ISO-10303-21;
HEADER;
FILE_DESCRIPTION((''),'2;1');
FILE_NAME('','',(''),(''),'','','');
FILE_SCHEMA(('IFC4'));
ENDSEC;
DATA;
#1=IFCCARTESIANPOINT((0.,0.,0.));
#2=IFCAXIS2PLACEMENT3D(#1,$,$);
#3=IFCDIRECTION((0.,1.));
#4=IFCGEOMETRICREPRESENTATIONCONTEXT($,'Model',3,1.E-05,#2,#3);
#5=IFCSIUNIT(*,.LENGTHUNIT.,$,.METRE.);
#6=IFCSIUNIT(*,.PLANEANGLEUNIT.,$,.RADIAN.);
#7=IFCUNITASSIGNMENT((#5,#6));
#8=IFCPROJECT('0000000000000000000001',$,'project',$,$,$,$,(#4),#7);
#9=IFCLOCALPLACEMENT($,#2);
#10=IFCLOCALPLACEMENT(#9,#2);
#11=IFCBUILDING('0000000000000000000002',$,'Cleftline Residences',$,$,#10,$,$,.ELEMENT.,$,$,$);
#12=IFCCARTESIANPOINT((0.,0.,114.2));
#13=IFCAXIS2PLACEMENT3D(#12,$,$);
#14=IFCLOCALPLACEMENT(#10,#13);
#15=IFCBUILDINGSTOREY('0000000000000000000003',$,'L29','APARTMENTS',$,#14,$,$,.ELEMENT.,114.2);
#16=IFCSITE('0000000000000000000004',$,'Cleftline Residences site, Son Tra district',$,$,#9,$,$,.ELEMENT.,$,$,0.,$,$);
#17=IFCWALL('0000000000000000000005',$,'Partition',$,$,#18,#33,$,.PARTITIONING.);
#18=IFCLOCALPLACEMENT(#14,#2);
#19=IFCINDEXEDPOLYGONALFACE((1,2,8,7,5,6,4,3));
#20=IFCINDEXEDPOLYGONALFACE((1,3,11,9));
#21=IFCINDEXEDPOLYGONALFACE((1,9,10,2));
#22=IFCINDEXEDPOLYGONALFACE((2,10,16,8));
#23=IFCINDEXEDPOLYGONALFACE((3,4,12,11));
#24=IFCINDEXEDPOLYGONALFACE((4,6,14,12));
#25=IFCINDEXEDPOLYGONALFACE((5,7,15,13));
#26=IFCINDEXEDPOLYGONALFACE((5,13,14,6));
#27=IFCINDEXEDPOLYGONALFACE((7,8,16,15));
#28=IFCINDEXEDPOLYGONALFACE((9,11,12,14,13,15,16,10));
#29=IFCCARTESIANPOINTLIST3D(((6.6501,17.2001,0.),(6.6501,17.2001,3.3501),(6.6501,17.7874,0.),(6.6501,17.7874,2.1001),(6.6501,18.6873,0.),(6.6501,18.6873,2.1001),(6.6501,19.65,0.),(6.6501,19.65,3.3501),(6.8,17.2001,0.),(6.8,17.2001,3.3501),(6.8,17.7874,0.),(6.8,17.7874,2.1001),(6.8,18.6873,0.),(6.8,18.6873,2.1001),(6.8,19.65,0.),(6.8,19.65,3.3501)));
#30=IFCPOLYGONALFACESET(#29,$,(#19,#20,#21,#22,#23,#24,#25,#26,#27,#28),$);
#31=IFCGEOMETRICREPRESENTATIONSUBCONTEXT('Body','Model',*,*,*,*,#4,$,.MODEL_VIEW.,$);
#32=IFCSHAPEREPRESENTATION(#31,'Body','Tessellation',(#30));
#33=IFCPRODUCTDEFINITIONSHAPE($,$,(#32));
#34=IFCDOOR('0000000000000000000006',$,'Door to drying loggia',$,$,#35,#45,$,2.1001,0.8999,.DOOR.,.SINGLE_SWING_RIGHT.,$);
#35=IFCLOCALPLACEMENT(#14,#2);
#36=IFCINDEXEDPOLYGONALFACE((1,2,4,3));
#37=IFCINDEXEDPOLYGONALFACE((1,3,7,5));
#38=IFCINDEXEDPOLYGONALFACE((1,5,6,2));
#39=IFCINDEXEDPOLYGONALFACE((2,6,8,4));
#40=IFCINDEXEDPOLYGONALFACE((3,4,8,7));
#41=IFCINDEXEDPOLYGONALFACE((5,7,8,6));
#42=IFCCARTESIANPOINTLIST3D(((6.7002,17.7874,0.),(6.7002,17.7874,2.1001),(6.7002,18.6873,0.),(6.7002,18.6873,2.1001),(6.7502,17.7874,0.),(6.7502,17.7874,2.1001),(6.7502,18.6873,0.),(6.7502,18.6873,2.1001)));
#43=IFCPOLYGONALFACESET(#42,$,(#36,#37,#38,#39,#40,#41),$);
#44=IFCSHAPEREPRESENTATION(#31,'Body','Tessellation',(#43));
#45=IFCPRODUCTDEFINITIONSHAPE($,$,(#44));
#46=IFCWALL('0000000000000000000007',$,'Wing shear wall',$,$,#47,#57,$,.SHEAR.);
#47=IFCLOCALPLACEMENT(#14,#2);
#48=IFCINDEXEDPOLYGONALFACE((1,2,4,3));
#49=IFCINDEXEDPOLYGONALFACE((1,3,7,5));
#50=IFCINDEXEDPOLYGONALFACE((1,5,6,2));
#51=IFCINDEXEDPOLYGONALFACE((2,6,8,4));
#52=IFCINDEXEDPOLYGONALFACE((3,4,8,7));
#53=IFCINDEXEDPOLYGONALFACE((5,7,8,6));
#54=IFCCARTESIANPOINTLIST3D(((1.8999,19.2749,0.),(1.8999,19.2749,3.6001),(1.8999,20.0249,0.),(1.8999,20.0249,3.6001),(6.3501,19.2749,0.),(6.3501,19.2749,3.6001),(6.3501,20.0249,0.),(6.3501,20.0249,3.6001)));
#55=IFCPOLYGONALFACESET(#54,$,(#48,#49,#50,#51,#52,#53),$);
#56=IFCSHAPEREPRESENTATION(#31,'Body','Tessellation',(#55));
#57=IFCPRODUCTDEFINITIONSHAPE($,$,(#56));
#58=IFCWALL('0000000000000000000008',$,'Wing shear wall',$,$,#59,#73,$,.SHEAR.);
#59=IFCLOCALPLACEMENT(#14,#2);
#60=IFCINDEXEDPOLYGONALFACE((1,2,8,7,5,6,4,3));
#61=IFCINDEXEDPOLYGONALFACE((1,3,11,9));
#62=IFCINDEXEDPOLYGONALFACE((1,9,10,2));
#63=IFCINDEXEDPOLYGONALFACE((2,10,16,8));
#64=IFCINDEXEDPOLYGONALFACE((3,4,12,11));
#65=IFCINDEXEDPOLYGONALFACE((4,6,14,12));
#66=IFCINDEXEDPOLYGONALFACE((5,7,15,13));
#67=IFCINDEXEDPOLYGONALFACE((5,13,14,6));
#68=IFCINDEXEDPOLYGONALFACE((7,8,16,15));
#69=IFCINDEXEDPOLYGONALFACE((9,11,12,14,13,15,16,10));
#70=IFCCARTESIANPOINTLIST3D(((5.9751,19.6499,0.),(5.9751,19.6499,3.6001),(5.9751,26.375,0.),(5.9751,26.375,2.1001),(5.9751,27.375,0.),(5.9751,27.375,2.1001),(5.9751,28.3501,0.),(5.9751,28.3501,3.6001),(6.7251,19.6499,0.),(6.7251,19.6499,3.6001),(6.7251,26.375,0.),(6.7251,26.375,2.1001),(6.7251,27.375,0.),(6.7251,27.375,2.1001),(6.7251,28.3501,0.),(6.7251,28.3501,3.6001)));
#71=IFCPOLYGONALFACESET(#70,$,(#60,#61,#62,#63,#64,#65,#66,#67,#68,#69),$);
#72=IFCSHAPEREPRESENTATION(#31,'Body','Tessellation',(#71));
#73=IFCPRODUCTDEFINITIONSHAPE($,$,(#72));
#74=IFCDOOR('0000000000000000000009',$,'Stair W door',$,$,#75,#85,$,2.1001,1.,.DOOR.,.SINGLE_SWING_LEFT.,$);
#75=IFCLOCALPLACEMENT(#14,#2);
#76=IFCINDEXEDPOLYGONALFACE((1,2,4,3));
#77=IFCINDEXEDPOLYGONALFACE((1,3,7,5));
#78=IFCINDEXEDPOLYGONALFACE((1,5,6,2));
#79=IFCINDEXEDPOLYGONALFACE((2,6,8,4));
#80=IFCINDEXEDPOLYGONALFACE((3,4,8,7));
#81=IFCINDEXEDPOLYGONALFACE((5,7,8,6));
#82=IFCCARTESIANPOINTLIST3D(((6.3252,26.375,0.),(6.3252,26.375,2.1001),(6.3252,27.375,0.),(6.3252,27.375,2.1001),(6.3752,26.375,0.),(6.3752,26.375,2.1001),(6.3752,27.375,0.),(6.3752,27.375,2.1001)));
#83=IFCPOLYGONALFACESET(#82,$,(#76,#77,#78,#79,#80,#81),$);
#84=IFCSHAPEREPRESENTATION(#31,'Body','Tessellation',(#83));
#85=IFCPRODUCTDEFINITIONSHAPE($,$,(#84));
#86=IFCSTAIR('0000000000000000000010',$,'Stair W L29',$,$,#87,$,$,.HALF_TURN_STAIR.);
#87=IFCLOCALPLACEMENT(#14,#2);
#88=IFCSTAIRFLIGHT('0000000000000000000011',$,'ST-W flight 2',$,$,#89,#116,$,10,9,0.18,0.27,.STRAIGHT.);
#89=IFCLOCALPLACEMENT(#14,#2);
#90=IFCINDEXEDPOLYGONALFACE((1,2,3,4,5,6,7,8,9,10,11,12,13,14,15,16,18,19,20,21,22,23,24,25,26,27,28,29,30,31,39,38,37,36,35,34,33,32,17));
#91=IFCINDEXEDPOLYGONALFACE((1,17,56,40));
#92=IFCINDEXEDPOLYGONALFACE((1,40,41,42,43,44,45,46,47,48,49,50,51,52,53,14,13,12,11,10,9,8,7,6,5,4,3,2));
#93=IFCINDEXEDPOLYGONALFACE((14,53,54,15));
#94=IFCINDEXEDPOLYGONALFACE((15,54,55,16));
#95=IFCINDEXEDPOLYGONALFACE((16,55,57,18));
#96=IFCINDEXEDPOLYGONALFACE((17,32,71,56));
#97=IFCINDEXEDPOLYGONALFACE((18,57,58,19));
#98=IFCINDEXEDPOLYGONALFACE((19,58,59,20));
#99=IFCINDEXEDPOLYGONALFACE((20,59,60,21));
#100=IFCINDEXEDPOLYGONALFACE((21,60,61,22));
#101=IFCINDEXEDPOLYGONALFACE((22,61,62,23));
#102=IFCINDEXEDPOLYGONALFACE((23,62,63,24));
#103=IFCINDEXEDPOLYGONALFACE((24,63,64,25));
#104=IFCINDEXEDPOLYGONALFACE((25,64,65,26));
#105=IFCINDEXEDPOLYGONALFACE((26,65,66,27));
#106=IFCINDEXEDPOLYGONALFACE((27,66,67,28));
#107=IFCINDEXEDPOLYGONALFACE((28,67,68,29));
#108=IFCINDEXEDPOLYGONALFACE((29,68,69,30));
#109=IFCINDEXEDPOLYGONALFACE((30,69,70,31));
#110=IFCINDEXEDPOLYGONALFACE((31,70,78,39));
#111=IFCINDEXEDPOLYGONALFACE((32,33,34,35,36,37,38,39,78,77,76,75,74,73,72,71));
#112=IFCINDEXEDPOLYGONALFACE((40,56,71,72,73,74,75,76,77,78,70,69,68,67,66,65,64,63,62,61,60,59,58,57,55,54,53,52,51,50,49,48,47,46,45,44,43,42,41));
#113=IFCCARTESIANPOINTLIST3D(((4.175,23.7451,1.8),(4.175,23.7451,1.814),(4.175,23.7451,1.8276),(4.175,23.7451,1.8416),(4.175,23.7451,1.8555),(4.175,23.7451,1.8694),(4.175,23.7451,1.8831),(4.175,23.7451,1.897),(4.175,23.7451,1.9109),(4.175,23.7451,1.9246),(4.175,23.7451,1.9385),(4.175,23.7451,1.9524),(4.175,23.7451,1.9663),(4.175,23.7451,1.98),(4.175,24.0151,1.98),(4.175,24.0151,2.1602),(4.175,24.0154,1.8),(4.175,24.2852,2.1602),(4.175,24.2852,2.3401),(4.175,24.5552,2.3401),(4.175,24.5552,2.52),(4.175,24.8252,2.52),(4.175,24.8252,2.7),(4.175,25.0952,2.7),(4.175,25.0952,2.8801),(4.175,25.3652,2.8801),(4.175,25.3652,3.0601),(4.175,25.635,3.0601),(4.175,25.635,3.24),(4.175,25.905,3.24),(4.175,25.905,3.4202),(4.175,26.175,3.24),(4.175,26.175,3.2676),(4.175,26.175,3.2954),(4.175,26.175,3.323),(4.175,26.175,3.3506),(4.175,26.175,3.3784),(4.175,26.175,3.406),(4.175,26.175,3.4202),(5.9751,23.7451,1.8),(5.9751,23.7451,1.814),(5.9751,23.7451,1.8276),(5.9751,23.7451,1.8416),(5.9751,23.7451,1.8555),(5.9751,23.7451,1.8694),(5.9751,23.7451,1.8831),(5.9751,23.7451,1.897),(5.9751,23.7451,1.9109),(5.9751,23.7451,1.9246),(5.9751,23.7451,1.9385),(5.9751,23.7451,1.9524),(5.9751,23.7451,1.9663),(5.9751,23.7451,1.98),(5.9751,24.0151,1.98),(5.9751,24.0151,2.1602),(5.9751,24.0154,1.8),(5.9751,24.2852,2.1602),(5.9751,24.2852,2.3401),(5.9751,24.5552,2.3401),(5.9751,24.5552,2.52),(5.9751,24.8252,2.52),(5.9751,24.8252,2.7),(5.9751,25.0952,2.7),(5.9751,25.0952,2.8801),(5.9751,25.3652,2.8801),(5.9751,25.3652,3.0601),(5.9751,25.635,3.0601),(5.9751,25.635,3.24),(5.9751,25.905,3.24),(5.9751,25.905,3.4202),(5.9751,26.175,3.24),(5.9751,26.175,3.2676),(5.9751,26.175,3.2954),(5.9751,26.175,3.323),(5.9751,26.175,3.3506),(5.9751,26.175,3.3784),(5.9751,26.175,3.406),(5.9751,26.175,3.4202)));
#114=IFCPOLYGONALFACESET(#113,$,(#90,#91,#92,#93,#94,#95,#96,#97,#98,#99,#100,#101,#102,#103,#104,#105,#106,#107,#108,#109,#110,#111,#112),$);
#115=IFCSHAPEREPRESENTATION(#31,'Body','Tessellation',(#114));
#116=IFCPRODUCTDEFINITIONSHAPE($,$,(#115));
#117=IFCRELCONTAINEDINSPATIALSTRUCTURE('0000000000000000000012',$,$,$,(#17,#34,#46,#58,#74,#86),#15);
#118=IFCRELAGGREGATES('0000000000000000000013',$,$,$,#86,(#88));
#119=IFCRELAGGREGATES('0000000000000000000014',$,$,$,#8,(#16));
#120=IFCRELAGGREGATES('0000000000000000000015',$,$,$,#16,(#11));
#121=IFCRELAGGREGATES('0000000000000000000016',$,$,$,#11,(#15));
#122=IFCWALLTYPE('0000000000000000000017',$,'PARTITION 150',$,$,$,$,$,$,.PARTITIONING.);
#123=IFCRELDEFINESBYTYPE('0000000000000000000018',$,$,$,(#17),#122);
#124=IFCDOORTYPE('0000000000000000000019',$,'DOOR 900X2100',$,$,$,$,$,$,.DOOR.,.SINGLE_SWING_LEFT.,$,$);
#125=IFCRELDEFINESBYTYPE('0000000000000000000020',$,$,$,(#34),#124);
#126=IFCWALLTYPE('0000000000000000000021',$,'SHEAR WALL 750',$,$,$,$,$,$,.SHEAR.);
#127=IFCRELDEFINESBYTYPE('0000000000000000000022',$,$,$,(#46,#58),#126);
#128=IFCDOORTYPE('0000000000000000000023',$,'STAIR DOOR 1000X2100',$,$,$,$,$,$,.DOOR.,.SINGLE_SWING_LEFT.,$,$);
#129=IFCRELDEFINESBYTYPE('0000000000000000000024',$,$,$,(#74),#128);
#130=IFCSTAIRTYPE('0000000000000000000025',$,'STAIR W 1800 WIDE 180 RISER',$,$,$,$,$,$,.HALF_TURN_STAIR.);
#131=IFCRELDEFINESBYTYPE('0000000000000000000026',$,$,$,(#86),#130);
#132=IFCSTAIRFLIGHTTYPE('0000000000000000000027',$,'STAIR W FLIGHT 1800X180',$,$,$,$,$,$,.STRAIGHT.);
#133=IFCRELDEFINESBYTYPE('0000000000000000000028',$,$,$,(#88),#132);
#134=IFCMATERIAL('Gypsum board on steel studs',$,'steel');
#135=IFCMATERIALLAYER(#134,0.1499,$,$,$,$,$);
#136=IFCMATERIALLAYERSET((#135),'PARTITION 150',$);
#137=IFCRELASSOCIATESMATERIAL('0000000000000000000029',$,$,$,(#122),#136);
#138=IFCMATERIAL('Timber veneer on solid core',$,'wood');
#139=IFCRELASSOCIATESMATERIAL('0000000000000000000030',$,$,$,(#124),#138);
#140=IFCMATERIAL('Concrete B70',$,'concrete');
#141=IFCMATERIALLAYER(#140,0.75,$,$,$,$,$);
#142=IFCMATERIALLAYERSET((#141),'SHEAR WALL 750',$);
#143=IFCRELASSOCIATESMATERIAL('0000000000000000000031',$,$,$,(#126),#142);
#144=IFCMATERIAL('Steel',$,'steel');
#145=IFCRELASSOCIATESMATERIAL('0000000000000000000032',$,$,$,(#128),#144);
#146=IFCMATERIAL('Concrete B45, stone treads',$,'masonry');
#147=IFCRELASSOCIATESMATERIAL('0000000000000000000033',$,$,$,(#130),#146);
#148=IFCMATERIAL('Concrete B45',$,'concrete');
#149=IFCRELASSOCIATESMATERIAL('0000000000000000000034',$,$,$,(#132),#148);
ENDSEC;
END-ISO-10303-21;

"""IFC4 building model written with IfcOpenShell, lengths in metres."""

from ifc_helpers import new_model, si_unit, direction, frame, frame_2d, origin, place, context, subcontext, project, spatial, polyline, rectangle, outline, extrude, material, layer, layer_set, type_object, element, fill, aggregate, save


model = new_model("IFC4")

# Units and contexts
model_context = context("Model", 3, precision=1e-05, world=origin(), true_north=direction((0.0, 1.0)))
body_context = subcontext(model_context, "Body", "Model", "MODEL_VIEW")
ifc_project = project(units=[si_unit("LENGTHUNIT", "METRE"), si_unit("PLANEANGLEUNIT", "RADIAN")], contexts=[model_context])

# Site, building, storey
site_placement = place(None, origin())
site = spatial("IfcSite", under=ifc_project, at=site_placement, Name="Cleftline Residences site, Son Tra district", CompositionType="ELEMENT", RefElevation=0.0)
building_placement = place(site_placement, origin())
building = spatial("IfcBuilding", under=site, at=building_placement, Name="Cleftline Residences", CompositionType="ELEMENT")
storey_placement = place(building_placement, frame((0.0, 0.0, 114.2)))
storey = spatial("IfcBuildingStorey", under=building, at=storey_placement, Name="L29", Description="APARTMENTS", CompositionType="ELEMENT", Elevation=114.2)

# Wall, opening, door
ifc_material_1 = material(Name="Gypsum board on steel studs", Category="steel")
ifc_layer_1 = layer(ifc_material_1, 0.1499)
ifc_layer_set_1 = layer_set([ifc_layer_1], Name="PARTITION 150")
wall_type_1 = type_object("IfcWallType", Name="PARTITION 150", PredefinedType="PARTITIONING", material=ifc_layer_set_1)
wall_1_placement = place(storey_placement, frame((6.7251, 17.2, 0.0), z_axis=(0.0, 0.0, 1.0), x_axis=(0.0, 1.0, 0.0)))
wall_1 = element("IfcWall", 1, at=wall_1_placement, inside=storey, type_object=wall_type_1, Name="Partition", PredefinedType="PARTITIONING", context=body_context, shape_type="SweptSolid", body=[
    extrude(rectangle(XDim=2.45, YDim=0.1499, at=frame_2d((1.2251, 0.0))), origin(), (0.0, 0.0, 1.0), 3.3501),
])
opening_1_placement = place(wall_1_placement, frame((0.5874, 0.0, 0.0)))
opening_1 = element("IfcOpeningElement", 2, at=opening_1_placement, cuts=wall_1, PredefinedType="OPENING", context=body_context, shape_type="SweptSolid", body=[
    extrude(rectangle(XDim=0.8999, YDim=2.1001, at=frame_2d((0.45, 1.05))), frame((0.0, 0.085, 0.0), z_axis=(0.0, -1.0, 0.0), x_axis=(1.0, 0.0, 0.0)), (0.0, 0.0, 1.0), 0.1699),
])
ifc_material_2 = material(Name="Timber veneer on solid core", Category="wood")
door_type_1 = type_object("IfcDoorType", Name="DOOR 900X2100", OperationType="SINGLE_SWING_LEFT", PredefinedType="DOOR", material=ifc_material_2)
door_1_placement = place(opening_1_placement, origin())
door_1 = element("IfcDoor", 3, at=door_1_placement, inside=storey, type_object=door_type_1, Name="Door to drying loggia", OperationType="SINGLE_SWING_RIGHT", OverallHeight=2.1001, OverallWidth=0.8999, PredefinedType="DOOR", context=body_context, shape_type="SweptSolid", body=[
    extrude(rectangle(XDim=0.8999, YDim=2.1001, at=frame_2d((0.45, 1.05))), frame((0.0, 0.0249, 0.0), z_axis=(0.0, -1.0, 0.0), x_axis=(1.0, 0.0, 0.0)), (0.0, 0.0, 1.0), 0.05),
])
fill(opening_1, door_1)

# Wall
ifc_material_3 = material(Name="Concrete B70", Category="concrete")
ifc_layer_2 = layer(ifc_material_3, 0.75)
ifc_layer_set_2 = layer_set([ifc_layer_2], Name="SHEAR WALL 750")
wall_type_2 = type_object("IfcWallType", Name="SHEAR WALL 750", PredefinedType="SHEAR", material=ifc_layer_set_2)
wall_2_placement = place(storey_placement, frame((1.8999, 19.6499, 0.0), z_axis=(0.0, 0.0, 1.0), x_axis=(1.0, 0.0, 0.0)))
element("IfcWall", 4, at=wall_2_placement, inside=storey, type_object=wall_type_2, Name="Wing shear wall", PredefinedType="SHEAR", context=body_context, shape_type="SweptSolid", body=[
    extrude(rectangle(XDim=4.4502, YDim=0.75, at=frame_2d((2.2251, 0.0))), origin(), (0.0, 0.0, 1.0), 3.6001),
])

# Wall, opening, door
wall_3_placement = place(storey_placement, frame((6.3501, 19.6499, 0.0), z_axis=(0.0, 0.0, 1.0), x_axis=(0.0, 1.0, 0.0)))
wall_3 = element("IfcWall", 5, at=wall_3_placement, inside=storey, type_object=wall_type_2, Name="Wing shear wall", PredefinedType="SHEAR", context=body_context, shape_type="SweptSolid", body=[
    extrude(rectangle(XDim=8.7002, YDim=0.75, at=frame_2d((4.3501, 0.0))), origin(), (0.0, 0.0, 1.0), 3.6001),
])
opening_2_placement = place(wall_3_placement, frame((6.7251, 0.0, 0.0)))
opening_2 = element("IfcOpeningElement", 6, at=opening_2_placement, cuts=wall_3, PredefinedType="OPENING", context=body_context, shape_type="SweptSolid", body=[
    extrude(rectangle(XDim=1.0, YDim=2.1001, at=frame_2d((0.5, 1.05))), frame((0.0, 0.385, 0.0), z_axis=(0.0, -1.0, 0.0), x_axis=(1.0, 0.0, 0.0)), (0.0, 0.0, 1.0), 0.77),
])
ifc_material_4 = material(Name="Steel", Category="steel")
door_type_2 = type_object("IfcDoorType", Name="STAIR DOOR 1000X2100", OperationType="SINGLE_SWING_LEFT", PredefinedType="DOOR", material=ifc_material_4)
door_2_placement = place(opening_2_placement, origin())
door_2 = element("IfcDoor", 7, at=door_2_placement, inside=storey, type_object=door_type_2, Name="Stair W door", OperationType="SINGLE_SWING_LEFT", OverallHeight=2.1001, OverallWidth=1.0, PredefinedType="DOOR", context=body_context, shape_type="SweptSolid", body=[
    extrude(rectangle(XDim=1.0, YDim=2.1001, at=frame_2d((0.5, 1.05))), frame((0.0, 0.0249, 0.0), z_axis=(0.0, -1.0, 0.0), x_axis=(1.0, 0.0, 0.0)), (0.0, 0.0, 1.0), 0.05),
])
fill(opening_2, door_2)

# Stair, stair flight
ifc_material_5 = material(Name="Concrete B45, stone treads", Category="masonry")
stair_type = type_object("IfcStairType", Name="STAIR W 1800 WIDE 180 RISER", PredefinedType="HALF_TURN_STAIR", material=ifc_material_5)
stair_placement = place(storey_placement, origin())
stair = element("IfcStair", 8, at=stair_placement, inside=storey, type_object=stair_type, Name="Stair W L29", PredefinedType="HALF_TURN_STAIR")
ifc_material_6 = material(Name="Concrete B45", Category="concrete")
stair_flight_type = type_object("IfcStairFlightType", Name="STAIR W FLIGHT 1800X180", PredefinedType="STRAIGHT", material=ifc_material_6)
stair_flight_placement = place(storey_placement, frame((5.075, 23.7451, 1.8), z_axis=(0.0, 0.0, 1.0), x_axis=(0.0, 1.0, 0.0)))
stair_flight = element("IfcStairFlight", 9, at=stair_flight_placement, type_object=stair_flight_type, Name="ST-W flight 2", NumberOfRisers=10, NumberOfTreads=9, PredefinedType="STRAIGHT", RiserHeight=0.18, TreadLength=0.27, context=body_context, shape_type="SweptSolid", body=[
    extrude(outline(polyline([(0.0, 0.0), (0.0, 0.0139), (0.0, 0.0276), (0.0, 0.0415), (0.0, 0.0554), (0.0, 0.0693), (0.0, 0.083), (0.0, 0.0969), (0.0, 0.1108), (0.0, 0.1245), (0.0, 0.1384), (0.0, 0.1523), (0.0, 0.1663), (0.0, 0.1799), (0.27, 0.1799), (0.27, 0.3601), (0.54, 0.3601), (0.54, 0.54), (0.8101, 0.54), (0.8101, 0.72), (1.0801, 0.72), (1.0801, 0.8999), (1.3501, 0.8999), (1.3501, 1.0801), (1.6201, 1.0801), (1.6201, 1.26), (1.8899, 1.26), (1.8899, 1.4399), (2.1599, 1.4399), (2.1599, 1.6201), (2.4299, 1.6201), (2.4299, 1.8), (2.4299, 1.7722), (2.4299, 1.7446), (2.4299, 1.7168), (2.4299, 1.6892), (2.4299, 1.6614), (2.4299, 1.6338), (2.4299, 1.606), (2.4299, 1.5784), (2.4299, 1.5505), (2.4299, 1.5229), (2.4299, 1.4954), (2.4299, 1.4675), (2.4299, 1.4399), (0.2703, 0.0), (0.0, 0.0)])), frame((0.0, 0.8999, 0.0), z_axis=(0.0, -1.0, 0.0), x_axis=(1.0, 0.0, 0.0)), (0.0, 0.0, 1.0), 1.8),
])
aggregate(stair, [stair_flight])

save(model, "model.ifc")
